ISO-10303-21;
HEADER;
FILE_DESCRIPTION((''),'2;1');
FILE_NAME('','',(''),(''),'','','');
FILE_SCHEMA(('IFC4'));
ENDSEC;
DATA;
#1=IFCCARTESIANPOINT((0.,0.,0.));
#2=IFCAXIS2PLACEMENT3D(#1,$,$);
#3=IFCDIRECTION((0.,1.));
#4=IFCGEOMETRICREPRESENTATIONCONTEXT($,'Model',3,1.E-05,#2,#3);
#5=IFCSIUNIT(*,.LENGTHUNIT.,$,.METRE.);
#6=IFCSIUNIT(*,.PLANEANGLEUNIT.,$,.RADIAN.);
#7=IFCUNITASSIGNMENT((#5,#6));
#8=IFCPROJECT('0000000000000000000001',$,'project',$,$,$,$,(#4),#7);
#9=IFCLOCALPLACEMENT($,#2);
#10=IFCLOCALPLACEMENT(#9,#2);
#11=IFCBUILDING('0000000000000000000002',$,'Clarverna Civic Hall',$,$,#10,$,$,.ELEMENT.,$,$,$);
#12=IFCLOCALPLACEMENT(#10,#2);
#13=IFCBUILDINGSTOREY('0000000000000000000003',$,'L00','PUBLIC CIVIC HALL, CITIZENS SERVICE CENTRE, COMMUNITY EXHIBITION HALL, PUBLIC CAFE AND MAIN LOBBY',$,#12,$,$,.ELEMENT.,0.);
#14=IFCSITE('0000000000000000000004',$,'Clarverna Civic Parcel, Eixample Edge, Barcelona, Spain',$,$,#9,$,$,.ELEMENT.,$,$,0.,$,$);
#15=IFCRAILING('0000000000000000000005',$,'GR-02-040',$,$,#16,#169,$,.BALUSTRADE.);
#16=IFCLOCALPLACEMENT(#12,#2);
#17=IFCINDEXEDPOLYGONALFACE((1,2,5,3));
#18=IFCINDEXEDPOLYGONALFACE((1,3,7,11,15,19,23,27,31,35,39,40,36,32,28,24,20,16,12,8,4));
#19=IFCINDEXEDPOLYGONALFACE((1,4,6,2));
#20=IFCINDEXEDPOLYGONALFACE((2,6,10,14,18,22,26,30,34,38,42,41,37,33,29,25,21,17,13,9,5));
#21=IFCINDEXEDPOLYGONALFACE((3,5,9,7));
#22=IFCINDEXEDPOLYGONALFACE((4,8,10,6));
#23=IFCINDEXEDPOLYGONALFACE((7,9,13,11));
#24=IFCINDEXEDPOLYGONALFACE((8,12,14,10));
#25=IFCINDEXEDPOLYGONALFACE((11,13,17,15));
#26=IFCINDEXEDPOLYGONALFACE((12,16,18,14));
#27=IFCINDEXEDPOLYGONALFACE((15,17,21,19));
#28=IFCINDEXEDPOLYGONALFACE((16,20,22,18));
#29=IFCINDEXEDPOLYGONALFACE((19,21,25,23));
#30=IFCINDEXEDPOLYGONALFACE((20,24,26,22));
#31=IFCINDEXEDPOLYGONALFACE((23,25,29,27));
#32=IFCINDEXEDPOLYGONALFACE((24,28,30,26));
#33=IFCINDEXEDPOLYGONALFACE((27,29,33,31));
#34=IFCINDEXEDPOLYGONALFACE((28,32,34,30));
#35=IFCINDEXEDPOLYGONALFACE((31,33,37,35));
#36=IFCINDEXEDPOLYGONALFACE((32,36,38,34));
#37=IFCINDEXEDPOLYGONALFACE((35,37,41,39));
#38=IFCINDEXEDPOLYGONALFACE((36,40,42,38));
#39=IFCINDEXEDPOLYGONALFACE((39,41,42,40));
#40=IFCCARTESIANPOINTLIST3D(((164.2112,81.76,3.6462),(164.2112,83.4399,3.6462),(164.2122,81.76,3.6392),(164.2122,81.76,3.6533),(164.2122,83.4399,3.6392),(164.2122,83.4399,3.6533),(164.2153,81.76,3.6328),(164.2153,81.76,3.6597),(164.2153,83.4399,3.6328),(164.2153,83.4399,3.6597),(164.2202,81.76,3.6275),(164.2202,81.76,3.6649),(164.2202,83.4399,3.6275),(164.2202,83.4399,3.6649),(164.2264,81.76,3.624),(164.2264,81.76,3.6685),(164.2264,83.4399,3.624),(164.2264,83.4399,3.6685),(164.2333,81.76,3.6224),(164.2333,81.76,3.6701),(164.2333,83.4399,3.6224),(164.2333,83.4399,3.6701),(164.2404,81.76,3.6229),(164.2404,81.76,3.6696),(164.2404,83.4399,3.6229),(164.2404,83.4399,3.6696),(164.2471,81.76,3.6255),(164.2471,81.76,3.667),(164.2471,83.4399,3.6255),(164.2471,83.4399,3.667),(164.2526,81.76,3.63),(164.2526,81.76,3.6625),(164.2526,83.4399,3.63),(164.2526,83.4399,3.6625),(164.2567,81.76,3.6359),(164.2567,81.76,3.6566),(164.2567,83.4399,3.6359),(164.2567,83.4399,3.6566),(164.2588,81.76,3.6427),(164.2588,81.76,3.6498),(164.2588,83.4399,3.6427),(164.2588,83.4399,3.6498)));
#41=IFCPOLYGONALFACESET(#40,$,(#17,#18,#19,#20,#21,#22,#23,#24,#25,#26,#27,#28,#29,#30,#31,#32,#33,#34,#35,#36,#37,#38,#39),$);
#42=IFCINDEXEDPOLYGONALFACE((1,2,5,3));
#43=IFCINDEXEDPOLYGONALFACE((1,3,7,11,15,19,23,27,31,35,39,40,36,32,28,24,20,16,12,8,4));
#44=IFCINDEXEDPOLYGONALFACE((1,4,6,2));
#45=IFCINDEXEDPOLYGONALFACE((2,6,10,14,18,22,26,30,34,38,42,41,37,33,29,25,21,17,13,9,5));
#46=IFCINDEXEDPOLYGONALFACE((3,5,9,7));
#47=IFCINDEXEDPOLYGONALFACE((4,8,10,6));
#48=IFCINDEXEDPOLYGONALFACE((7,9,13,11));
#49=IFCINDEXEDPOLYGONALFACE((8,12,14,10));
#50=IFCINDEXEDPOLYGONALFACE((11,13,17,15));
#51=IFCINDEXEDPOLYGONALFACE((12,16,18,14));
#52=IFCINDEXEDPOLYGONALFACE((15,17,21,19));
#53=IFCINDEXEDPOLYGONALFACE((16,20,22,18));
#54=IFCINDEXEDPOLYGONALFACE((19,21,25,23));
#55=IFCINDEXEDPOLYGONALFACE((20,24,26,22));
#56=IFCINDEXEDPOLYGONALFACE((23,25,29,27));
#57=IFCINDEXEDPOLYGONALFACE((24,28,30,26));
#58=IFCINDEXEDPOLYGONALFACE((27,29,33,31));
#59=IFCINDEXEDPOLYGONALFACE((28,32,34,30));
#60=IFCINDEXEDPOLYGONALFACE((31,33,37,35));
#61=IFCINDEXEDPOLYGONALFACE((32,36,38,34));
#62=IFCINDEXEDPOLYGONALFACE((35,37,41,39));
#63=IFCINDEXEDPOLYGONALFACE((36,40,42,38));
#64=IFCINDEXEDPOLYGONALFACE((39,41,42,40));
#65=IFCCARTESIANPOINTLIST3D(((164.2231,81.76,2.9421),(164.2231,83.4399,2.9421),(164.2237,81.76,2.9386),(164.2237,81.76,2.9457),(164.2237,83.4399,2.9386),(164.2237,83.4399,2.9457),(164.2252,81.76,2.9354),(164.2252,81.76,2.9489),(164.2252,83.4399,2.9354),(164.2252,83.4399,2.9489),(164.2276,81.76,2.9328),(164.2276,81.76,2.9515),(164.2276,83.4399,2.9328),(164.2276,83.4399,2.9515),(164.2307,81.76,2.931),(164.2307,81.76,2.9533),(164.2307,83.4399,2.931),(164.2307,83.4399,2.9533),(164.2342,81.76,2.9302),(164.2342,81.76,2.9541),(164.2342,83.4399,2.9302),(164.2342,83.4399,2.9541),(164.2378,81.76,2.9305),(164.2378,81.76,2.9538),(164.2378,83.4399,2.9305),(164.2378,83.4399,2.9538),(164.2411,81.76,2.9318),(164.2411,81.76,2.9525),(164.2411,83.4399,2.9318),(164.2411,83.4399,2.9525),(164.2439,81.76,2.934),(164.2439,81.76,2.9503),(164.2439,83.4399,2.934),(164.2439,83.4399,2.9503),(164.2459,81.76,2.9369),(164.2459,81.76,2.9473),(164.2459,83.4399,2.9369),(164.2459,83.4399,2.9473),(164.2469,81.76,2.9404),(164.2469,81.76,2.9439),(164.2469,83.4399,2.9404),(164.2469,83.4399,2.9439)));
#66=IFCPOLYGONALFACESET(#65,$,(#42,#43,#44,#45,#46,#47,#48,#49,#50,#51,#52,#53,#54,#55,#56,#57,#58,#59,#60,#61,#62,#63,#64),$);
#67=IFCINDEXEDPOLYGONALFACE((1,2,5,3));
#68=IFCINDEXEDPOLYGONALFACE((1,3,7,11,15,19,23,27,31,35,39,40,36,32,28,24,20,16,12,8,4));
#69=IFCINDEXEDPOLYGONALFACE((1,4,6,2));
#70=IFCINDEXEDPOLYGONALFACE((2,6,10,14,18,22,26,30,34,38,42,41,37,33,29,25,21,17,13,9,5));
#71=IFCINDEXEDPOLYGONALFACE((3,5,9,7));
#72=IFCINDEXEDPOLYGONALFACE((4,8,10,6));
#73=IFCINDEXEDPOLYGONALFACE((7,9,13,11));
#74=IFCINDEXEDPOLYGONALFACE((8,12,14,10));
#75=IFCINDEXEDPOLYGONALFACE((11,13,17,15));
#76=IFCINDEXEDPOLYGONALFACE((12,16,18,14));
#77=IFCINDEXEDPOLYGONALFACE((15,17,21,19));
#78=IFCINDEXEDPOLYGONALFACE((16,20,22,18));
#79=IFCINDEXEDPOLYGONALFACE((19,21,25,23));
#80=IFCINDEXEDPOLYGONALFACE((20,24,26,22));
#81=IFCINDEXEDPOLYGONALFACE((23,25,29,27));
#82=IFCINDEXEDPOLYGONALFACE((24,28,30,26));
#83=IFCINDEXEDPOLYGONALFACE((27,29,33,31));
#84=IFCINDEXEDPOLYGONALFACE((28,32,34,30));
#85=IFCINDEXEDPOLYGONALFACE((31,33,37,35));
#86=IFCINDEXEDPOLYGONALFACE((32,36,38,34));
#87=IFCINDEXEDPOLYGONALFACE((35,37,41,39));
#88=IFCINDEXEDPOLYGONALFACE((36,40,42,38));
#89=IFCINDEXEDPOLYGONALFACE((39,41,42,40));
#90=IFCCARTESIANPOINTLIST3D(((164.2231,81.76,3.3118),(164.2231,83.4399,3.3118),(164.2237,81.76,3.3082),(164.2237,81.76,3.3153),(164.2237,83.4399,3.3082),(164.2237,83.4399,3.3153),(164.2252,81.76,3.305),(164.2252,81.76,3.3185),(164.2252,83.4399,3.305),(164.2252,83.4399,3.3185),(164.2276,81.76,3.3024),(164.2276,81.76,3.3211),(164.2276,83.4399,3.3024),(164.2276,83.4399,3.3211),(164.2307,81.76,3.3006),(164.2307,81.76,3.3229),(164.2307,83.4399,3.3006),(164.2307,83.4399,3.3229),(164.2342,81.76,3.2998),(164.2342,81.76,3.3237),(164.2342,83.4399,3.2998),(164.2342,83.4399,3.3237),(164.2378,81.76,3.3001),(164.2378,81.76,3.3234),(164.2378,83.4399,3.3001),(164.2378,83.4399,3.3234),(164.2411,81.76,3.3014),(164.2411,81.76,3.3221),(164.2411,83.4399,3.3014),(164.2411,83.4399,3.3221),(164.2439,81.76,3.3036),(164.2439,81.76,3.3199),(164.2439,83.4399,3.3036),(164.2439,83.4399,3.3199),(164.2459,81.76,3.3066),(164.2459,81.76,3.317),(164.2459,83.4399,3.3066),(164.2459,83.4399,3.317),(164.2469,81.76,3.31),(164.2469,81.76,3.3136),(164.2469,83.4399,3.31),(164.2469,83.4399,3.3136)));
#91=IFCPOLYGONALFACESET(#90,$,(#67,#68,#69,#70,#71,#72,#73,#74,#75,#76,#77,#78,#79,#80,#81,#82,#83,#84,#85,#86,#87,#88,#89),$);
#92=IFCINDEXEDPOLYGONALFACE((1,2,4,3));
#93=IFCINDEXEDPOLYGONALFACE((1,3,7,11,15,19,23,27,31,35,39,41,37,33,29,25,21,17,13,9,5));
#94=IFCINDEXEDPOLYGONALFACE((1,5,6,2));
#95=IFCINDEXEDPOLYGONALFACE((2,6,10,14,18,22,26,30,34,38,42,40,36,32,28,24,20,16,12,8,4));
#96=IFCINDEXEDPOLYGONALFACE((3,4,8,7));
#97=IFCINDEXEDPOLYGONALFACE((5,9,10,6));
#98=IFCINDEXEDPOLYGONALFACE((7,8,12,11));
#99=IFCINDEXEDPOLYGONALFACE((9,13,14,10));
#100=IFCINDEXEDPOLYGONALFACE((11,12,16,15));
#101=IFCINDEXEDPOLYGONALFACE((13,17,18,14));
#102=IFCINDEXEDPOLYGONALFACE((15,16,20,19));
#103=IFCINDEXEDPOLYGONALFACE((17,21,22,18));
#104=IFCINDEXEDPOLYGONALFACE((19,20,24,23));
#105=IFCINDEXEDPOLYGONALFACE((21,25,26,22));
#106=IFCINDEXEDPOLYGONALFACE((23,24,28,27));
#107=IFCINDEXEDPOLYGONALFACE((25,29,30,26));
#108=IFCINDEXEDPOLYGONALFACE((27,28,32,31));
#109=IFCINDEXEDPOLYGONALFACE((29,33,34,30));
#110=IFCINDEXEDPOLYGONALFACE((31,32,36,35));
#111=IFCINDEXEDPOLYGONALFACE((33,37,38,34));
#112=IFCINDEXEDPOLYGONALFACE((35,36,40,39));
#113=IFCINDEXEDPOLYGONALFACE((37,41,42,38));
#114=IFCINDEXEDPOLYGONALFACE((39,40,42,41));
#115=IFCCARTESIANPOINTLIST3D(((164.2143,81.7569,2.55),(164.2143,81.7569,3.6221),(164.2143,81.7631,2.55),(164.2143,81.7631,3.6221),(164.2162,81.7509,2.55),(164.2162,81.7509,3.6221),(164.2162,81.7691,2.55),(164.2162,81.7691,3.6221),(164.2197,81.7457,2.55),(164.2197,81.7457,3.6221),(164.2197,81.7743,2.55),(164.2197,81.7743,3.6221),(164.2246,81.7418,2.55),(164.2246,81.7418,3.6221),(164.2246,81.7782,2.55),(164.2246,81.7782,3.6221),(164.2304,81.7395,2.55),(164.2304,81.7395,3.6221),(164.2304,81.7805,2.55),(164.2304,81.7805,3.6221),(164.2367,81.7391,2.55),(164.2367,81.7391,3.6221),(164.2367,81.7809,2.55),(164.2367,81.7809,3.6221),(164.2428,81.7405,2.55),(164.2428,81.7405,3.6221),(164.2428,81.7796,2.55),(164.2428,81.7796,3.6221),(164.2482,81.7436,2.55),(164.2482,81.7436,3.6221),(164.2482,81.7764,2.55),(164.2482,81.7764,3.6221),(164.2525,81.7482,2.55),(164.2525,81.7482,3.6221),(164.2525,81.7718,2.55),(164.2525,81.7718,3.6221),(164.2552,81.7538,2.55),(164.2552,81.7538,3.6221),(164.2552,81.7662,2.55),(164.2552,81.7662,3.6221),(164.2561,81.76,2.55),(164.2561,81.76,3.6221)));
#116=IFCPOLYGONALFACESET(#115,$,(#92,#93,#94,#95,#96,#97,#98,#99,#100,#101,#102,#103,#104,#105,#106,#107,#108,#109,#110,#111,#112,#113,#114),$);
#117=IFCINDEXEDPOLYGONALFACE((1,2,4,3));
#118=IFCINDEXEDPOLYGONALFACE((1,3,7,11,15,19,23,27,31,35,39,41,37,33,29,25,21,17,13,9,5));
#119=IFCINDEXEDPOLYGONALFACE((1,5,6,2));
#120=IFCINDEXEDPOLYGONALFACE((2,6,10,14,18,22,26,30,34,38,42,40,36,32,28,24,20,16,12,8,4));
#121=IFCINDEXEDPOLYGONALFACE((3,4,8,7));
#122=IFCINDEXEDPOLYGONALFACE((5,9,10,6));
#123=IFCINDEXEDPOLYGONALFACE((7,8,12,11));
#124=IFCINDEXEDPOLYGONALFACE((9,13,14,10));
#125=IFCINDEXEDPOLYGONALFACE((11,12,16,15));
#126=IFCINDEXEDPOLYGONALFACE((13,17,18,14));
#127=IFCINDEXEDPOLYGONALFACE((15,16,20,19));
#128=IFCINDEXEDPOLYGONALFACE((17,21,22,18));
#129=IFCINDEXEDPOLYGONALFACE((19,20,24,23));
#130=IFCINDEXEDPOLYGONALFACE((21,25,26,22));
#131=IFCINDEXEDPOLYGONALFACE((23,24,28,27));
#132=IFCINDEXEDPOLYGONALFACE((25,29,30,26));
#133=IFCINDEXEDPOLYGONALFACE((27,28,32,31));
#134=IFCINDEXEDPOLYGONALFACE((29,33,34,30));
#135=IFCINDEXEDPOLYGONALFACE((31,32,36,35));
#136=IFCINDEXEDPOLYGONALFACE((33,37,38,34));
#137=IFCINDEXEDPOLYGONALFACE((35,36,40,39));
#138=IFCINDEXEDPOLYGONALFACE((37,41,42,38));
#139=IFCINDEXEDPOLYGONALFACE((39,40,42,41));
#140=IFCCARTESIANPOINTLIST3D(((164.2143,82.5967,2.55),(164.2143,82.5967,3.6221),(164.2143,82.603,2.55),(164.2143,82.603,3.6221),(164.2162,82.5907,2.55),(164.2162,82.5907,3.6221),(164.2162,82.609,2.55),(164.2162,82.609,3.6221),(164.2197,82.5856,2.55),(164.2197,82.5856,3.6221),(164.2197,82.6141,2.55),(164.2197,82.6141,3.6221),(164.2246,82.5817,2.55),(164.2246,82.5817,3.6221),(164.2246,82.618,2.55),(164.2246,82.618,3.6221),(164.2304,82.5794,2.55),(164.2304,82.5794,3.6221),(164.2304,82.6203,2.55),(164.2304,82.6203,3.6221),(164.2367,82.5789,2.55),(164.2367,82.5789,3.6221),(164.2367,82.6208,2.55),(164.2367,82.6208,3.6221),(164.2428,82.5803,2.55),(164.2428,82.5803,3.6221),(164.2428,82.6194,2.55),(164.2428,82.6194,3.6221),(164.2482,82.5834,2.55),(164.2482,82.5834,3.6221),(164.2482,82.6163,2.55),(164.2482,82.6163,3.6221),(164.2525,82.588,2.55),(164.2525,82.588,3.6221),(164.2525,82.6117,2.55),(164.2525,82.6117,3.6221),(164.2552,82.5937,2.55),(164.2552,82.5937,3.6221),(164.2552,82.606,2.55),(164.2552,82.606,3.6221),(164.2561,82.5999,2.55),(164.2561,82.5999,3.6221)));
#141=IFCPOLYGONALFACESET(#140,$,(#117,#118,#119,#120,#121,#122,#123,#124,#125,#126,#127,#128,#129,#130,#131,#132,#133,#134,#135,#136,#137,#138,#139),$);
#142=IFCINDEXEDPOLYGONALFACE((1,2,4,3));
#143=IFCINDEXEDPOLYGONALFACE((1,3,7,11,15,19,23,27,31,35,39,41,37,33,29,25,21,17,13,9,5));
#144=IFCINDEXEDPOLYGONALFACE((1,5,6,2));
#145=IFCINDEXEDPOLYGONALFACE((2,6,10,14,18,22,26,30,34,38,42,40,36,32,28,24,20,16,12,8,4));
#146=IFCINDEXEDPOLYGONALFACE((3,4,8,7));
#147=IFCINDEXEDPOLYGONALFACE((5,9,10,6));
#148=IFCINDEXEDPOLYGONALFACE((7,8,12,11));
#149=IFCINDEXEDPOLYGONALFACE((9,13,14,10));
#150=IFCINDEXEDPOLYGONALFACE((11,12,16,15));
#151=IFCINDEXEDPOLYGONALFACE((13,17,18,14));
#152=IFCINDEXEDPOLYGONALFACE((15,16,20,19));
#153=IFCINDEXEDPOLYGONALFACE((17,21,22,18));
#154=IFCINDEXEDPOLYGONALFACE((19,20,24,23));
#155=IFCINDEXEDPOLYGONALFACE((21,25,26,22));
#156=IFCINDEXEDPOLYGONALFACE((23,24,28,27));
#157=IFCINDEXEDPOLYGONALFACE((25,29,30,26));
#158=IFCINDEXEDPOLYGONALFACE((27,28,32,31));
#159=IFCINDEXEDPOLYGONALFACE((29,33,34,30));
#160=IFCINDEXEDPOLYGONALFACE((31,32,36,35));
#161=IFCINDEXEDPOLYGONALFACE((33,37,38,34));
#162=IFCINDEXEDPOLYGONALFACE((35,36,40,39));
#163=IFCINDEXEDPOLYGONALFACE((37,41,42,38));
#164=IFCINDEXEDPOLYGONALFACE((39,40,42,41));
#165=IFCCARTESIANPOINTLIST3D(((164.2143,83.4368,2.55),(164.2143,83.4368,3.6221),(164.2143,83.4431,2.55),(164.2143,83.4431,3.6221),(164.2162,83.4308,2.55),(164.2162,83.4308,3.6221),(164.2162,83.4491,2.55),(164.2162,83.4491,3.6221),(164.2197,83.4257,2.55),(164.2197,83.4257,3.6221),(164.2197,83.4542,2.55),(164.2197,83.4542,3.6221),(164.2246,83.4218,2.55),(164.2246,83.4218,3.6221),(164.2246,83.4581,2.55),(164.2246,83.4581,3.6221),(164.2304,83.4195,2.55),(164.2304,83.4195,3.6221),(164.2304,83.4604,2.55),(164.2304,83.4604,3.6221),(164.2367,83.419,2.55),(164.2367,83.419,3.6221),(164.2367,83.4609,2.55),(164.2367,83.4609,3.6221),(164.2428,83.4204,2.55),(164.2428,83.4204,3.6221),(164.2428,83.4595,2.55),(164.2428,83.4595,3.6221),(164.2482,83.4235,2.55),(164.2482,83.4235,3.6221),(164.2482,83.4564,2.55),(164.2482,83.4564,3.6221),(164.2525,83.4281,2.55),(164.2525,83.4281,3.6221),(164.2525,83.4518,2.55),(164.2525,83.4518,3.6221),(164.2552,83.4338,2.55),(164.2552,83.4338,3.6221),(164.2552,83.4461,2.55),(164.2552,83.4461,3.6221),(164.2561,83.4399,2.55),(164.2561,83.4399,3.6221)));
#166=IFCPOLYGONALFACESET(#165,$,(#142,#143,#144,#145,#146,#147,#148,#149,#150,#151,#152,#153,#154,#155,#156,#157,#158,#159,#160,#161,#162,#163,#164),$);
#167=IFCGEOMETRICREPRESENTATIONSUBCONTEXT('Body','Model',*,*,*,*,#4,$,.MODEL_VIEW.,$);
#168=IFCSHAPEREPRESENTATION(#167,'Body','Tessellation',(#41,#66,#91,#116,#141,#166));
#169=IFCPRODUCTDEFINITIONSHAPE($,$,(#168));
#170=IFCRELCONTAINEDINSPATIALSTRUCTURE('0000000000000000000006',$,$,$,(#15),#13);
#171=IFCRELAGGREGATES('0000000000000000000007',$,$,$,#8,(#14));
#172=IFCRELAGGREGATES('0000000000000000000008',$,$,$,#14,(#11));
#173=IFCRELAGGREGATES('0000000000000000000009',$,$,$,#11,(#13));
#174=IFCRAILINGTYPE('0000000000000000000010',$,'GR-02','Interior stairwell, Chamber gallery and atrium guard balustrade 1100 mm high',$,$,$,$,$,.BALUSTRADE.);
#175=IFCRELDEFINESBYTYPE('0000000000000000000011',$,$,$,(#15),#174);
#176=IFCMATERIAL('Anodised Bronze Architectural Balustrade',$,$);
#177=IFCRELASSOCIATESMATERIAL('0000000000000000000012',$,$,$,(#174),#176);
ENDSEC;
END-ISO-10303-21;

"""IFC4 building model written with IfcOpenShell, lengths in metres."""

from ifc_helpers import new_model, si_unit, direction, frame, origin, origin_2d, place, context, subcontext, project, spatial, circle, extrude, material, type_object, element, save


model = new_model("IFC4")

# Units and contexts
model_context = context("Model", 3, precision=1e-05, world=origin(), true_north=direction((0.0, 1.0)))
body_context = subcontext(model_context, "Body", "Model", "MODEL_VIEW")
ifc_project = project(units=[si_unit("LENGTHUNIT", "METRE"), si_unit("PLANEANGLEUNIT", "RADIAN")], contexts=[model_context])

# Site, building, storey
site_placement = place(None, origin())
site = spatial("IfcSite", under=ifc_project, at=site_placement, Name="Clarverna Civic Parcel, Eixample Edge, Barcelona, Spain", CompositionType="ELEMENT", RefElevation=0.0)
building_placement = place(site_placement, origin())
building = spatial("IfcBuilding", under=site, at=building_placement, Name="Clarverna Civic Hall", CompositionType="ELEMENT")
storey_placement = place(building_placement, origin())
storey = spatial("IfcBuildingStorey", under=building, at=storey_placement, Name="L00", Description="PUBLIC CIVIC HALL, CITIZENS SERVICE CENTRE, COMMUNITY EXHIBITION HALL, PUBLIC CAFE AND MAIN LOBBY", CompositionType="ELEMENT", Elevation=0.0)

# Railing
ifc_material_1 = material(Name="Anodised Bronze Architectural Balustrade")
railing_type_1 = type_object("IfcRailingType", Name="GR-02", Description="Interior stairwell, Chamber gallery and atrium guard balustrade 1100 mm high", PredefinedType="BALUSTRADE", material=ifc_material_1)
railing_1_placement = place(storey_placement, frame((164.2351, 81.76, 2.55)))
element("IfcRailing", 1, at=railing_1_placement, inside=storey, type_object=railing_type_1, Name="GR-02-040", PredefinedType="BALUSTRADE", context=body_context, shape_type="SweptSolid", body=[
    extrude(circle(Radius=0.0239, at=origin_2d()), frame((0.0, 0.0, 1.0962), z_axis=(0.0, 1.0, 0.0), x_axis=(-1.0, 0.0, 0.0)), (0.0, 0.0, 1.0), 1.6799),
    extrude(circle(Radius=0.012, at=origin_2d()), frame((0.0, 0.0, 0.3921), z_axis=(0.0, 1.0, 0.0), x_axis=(-1.0, 0.0, 0.0)), (0.0, 0.0, 1.0), 1.6799),
    extrude(circle(Radius=0.012, at=origin_2d()), frame((0.0, 0.0, 0.7617), z_axis=(0.0, 1.0, 0.0), x_axis=(-1.0, 0.0, 0.0)), (0.0, 0.0, 1.0), 1.6799),
    extrude(circle(Radius=0.021, at=origin_2d()), origin(), (0.0, 0.0, 1.0), 1.072),
    extrude(circle(Radius=0.021, at=origin_2d()), frame((0.0, 0.8398, 0.0)), (0.0, 0.0, 1.0), 1.072),
    extrude(circle(Radius=0.021, at=origin_2d()), frame((0.0, 1.6799, 0.0)), (0.0, 0.0, 1.0), 1.072),
])

save(model, "model.ifc")
